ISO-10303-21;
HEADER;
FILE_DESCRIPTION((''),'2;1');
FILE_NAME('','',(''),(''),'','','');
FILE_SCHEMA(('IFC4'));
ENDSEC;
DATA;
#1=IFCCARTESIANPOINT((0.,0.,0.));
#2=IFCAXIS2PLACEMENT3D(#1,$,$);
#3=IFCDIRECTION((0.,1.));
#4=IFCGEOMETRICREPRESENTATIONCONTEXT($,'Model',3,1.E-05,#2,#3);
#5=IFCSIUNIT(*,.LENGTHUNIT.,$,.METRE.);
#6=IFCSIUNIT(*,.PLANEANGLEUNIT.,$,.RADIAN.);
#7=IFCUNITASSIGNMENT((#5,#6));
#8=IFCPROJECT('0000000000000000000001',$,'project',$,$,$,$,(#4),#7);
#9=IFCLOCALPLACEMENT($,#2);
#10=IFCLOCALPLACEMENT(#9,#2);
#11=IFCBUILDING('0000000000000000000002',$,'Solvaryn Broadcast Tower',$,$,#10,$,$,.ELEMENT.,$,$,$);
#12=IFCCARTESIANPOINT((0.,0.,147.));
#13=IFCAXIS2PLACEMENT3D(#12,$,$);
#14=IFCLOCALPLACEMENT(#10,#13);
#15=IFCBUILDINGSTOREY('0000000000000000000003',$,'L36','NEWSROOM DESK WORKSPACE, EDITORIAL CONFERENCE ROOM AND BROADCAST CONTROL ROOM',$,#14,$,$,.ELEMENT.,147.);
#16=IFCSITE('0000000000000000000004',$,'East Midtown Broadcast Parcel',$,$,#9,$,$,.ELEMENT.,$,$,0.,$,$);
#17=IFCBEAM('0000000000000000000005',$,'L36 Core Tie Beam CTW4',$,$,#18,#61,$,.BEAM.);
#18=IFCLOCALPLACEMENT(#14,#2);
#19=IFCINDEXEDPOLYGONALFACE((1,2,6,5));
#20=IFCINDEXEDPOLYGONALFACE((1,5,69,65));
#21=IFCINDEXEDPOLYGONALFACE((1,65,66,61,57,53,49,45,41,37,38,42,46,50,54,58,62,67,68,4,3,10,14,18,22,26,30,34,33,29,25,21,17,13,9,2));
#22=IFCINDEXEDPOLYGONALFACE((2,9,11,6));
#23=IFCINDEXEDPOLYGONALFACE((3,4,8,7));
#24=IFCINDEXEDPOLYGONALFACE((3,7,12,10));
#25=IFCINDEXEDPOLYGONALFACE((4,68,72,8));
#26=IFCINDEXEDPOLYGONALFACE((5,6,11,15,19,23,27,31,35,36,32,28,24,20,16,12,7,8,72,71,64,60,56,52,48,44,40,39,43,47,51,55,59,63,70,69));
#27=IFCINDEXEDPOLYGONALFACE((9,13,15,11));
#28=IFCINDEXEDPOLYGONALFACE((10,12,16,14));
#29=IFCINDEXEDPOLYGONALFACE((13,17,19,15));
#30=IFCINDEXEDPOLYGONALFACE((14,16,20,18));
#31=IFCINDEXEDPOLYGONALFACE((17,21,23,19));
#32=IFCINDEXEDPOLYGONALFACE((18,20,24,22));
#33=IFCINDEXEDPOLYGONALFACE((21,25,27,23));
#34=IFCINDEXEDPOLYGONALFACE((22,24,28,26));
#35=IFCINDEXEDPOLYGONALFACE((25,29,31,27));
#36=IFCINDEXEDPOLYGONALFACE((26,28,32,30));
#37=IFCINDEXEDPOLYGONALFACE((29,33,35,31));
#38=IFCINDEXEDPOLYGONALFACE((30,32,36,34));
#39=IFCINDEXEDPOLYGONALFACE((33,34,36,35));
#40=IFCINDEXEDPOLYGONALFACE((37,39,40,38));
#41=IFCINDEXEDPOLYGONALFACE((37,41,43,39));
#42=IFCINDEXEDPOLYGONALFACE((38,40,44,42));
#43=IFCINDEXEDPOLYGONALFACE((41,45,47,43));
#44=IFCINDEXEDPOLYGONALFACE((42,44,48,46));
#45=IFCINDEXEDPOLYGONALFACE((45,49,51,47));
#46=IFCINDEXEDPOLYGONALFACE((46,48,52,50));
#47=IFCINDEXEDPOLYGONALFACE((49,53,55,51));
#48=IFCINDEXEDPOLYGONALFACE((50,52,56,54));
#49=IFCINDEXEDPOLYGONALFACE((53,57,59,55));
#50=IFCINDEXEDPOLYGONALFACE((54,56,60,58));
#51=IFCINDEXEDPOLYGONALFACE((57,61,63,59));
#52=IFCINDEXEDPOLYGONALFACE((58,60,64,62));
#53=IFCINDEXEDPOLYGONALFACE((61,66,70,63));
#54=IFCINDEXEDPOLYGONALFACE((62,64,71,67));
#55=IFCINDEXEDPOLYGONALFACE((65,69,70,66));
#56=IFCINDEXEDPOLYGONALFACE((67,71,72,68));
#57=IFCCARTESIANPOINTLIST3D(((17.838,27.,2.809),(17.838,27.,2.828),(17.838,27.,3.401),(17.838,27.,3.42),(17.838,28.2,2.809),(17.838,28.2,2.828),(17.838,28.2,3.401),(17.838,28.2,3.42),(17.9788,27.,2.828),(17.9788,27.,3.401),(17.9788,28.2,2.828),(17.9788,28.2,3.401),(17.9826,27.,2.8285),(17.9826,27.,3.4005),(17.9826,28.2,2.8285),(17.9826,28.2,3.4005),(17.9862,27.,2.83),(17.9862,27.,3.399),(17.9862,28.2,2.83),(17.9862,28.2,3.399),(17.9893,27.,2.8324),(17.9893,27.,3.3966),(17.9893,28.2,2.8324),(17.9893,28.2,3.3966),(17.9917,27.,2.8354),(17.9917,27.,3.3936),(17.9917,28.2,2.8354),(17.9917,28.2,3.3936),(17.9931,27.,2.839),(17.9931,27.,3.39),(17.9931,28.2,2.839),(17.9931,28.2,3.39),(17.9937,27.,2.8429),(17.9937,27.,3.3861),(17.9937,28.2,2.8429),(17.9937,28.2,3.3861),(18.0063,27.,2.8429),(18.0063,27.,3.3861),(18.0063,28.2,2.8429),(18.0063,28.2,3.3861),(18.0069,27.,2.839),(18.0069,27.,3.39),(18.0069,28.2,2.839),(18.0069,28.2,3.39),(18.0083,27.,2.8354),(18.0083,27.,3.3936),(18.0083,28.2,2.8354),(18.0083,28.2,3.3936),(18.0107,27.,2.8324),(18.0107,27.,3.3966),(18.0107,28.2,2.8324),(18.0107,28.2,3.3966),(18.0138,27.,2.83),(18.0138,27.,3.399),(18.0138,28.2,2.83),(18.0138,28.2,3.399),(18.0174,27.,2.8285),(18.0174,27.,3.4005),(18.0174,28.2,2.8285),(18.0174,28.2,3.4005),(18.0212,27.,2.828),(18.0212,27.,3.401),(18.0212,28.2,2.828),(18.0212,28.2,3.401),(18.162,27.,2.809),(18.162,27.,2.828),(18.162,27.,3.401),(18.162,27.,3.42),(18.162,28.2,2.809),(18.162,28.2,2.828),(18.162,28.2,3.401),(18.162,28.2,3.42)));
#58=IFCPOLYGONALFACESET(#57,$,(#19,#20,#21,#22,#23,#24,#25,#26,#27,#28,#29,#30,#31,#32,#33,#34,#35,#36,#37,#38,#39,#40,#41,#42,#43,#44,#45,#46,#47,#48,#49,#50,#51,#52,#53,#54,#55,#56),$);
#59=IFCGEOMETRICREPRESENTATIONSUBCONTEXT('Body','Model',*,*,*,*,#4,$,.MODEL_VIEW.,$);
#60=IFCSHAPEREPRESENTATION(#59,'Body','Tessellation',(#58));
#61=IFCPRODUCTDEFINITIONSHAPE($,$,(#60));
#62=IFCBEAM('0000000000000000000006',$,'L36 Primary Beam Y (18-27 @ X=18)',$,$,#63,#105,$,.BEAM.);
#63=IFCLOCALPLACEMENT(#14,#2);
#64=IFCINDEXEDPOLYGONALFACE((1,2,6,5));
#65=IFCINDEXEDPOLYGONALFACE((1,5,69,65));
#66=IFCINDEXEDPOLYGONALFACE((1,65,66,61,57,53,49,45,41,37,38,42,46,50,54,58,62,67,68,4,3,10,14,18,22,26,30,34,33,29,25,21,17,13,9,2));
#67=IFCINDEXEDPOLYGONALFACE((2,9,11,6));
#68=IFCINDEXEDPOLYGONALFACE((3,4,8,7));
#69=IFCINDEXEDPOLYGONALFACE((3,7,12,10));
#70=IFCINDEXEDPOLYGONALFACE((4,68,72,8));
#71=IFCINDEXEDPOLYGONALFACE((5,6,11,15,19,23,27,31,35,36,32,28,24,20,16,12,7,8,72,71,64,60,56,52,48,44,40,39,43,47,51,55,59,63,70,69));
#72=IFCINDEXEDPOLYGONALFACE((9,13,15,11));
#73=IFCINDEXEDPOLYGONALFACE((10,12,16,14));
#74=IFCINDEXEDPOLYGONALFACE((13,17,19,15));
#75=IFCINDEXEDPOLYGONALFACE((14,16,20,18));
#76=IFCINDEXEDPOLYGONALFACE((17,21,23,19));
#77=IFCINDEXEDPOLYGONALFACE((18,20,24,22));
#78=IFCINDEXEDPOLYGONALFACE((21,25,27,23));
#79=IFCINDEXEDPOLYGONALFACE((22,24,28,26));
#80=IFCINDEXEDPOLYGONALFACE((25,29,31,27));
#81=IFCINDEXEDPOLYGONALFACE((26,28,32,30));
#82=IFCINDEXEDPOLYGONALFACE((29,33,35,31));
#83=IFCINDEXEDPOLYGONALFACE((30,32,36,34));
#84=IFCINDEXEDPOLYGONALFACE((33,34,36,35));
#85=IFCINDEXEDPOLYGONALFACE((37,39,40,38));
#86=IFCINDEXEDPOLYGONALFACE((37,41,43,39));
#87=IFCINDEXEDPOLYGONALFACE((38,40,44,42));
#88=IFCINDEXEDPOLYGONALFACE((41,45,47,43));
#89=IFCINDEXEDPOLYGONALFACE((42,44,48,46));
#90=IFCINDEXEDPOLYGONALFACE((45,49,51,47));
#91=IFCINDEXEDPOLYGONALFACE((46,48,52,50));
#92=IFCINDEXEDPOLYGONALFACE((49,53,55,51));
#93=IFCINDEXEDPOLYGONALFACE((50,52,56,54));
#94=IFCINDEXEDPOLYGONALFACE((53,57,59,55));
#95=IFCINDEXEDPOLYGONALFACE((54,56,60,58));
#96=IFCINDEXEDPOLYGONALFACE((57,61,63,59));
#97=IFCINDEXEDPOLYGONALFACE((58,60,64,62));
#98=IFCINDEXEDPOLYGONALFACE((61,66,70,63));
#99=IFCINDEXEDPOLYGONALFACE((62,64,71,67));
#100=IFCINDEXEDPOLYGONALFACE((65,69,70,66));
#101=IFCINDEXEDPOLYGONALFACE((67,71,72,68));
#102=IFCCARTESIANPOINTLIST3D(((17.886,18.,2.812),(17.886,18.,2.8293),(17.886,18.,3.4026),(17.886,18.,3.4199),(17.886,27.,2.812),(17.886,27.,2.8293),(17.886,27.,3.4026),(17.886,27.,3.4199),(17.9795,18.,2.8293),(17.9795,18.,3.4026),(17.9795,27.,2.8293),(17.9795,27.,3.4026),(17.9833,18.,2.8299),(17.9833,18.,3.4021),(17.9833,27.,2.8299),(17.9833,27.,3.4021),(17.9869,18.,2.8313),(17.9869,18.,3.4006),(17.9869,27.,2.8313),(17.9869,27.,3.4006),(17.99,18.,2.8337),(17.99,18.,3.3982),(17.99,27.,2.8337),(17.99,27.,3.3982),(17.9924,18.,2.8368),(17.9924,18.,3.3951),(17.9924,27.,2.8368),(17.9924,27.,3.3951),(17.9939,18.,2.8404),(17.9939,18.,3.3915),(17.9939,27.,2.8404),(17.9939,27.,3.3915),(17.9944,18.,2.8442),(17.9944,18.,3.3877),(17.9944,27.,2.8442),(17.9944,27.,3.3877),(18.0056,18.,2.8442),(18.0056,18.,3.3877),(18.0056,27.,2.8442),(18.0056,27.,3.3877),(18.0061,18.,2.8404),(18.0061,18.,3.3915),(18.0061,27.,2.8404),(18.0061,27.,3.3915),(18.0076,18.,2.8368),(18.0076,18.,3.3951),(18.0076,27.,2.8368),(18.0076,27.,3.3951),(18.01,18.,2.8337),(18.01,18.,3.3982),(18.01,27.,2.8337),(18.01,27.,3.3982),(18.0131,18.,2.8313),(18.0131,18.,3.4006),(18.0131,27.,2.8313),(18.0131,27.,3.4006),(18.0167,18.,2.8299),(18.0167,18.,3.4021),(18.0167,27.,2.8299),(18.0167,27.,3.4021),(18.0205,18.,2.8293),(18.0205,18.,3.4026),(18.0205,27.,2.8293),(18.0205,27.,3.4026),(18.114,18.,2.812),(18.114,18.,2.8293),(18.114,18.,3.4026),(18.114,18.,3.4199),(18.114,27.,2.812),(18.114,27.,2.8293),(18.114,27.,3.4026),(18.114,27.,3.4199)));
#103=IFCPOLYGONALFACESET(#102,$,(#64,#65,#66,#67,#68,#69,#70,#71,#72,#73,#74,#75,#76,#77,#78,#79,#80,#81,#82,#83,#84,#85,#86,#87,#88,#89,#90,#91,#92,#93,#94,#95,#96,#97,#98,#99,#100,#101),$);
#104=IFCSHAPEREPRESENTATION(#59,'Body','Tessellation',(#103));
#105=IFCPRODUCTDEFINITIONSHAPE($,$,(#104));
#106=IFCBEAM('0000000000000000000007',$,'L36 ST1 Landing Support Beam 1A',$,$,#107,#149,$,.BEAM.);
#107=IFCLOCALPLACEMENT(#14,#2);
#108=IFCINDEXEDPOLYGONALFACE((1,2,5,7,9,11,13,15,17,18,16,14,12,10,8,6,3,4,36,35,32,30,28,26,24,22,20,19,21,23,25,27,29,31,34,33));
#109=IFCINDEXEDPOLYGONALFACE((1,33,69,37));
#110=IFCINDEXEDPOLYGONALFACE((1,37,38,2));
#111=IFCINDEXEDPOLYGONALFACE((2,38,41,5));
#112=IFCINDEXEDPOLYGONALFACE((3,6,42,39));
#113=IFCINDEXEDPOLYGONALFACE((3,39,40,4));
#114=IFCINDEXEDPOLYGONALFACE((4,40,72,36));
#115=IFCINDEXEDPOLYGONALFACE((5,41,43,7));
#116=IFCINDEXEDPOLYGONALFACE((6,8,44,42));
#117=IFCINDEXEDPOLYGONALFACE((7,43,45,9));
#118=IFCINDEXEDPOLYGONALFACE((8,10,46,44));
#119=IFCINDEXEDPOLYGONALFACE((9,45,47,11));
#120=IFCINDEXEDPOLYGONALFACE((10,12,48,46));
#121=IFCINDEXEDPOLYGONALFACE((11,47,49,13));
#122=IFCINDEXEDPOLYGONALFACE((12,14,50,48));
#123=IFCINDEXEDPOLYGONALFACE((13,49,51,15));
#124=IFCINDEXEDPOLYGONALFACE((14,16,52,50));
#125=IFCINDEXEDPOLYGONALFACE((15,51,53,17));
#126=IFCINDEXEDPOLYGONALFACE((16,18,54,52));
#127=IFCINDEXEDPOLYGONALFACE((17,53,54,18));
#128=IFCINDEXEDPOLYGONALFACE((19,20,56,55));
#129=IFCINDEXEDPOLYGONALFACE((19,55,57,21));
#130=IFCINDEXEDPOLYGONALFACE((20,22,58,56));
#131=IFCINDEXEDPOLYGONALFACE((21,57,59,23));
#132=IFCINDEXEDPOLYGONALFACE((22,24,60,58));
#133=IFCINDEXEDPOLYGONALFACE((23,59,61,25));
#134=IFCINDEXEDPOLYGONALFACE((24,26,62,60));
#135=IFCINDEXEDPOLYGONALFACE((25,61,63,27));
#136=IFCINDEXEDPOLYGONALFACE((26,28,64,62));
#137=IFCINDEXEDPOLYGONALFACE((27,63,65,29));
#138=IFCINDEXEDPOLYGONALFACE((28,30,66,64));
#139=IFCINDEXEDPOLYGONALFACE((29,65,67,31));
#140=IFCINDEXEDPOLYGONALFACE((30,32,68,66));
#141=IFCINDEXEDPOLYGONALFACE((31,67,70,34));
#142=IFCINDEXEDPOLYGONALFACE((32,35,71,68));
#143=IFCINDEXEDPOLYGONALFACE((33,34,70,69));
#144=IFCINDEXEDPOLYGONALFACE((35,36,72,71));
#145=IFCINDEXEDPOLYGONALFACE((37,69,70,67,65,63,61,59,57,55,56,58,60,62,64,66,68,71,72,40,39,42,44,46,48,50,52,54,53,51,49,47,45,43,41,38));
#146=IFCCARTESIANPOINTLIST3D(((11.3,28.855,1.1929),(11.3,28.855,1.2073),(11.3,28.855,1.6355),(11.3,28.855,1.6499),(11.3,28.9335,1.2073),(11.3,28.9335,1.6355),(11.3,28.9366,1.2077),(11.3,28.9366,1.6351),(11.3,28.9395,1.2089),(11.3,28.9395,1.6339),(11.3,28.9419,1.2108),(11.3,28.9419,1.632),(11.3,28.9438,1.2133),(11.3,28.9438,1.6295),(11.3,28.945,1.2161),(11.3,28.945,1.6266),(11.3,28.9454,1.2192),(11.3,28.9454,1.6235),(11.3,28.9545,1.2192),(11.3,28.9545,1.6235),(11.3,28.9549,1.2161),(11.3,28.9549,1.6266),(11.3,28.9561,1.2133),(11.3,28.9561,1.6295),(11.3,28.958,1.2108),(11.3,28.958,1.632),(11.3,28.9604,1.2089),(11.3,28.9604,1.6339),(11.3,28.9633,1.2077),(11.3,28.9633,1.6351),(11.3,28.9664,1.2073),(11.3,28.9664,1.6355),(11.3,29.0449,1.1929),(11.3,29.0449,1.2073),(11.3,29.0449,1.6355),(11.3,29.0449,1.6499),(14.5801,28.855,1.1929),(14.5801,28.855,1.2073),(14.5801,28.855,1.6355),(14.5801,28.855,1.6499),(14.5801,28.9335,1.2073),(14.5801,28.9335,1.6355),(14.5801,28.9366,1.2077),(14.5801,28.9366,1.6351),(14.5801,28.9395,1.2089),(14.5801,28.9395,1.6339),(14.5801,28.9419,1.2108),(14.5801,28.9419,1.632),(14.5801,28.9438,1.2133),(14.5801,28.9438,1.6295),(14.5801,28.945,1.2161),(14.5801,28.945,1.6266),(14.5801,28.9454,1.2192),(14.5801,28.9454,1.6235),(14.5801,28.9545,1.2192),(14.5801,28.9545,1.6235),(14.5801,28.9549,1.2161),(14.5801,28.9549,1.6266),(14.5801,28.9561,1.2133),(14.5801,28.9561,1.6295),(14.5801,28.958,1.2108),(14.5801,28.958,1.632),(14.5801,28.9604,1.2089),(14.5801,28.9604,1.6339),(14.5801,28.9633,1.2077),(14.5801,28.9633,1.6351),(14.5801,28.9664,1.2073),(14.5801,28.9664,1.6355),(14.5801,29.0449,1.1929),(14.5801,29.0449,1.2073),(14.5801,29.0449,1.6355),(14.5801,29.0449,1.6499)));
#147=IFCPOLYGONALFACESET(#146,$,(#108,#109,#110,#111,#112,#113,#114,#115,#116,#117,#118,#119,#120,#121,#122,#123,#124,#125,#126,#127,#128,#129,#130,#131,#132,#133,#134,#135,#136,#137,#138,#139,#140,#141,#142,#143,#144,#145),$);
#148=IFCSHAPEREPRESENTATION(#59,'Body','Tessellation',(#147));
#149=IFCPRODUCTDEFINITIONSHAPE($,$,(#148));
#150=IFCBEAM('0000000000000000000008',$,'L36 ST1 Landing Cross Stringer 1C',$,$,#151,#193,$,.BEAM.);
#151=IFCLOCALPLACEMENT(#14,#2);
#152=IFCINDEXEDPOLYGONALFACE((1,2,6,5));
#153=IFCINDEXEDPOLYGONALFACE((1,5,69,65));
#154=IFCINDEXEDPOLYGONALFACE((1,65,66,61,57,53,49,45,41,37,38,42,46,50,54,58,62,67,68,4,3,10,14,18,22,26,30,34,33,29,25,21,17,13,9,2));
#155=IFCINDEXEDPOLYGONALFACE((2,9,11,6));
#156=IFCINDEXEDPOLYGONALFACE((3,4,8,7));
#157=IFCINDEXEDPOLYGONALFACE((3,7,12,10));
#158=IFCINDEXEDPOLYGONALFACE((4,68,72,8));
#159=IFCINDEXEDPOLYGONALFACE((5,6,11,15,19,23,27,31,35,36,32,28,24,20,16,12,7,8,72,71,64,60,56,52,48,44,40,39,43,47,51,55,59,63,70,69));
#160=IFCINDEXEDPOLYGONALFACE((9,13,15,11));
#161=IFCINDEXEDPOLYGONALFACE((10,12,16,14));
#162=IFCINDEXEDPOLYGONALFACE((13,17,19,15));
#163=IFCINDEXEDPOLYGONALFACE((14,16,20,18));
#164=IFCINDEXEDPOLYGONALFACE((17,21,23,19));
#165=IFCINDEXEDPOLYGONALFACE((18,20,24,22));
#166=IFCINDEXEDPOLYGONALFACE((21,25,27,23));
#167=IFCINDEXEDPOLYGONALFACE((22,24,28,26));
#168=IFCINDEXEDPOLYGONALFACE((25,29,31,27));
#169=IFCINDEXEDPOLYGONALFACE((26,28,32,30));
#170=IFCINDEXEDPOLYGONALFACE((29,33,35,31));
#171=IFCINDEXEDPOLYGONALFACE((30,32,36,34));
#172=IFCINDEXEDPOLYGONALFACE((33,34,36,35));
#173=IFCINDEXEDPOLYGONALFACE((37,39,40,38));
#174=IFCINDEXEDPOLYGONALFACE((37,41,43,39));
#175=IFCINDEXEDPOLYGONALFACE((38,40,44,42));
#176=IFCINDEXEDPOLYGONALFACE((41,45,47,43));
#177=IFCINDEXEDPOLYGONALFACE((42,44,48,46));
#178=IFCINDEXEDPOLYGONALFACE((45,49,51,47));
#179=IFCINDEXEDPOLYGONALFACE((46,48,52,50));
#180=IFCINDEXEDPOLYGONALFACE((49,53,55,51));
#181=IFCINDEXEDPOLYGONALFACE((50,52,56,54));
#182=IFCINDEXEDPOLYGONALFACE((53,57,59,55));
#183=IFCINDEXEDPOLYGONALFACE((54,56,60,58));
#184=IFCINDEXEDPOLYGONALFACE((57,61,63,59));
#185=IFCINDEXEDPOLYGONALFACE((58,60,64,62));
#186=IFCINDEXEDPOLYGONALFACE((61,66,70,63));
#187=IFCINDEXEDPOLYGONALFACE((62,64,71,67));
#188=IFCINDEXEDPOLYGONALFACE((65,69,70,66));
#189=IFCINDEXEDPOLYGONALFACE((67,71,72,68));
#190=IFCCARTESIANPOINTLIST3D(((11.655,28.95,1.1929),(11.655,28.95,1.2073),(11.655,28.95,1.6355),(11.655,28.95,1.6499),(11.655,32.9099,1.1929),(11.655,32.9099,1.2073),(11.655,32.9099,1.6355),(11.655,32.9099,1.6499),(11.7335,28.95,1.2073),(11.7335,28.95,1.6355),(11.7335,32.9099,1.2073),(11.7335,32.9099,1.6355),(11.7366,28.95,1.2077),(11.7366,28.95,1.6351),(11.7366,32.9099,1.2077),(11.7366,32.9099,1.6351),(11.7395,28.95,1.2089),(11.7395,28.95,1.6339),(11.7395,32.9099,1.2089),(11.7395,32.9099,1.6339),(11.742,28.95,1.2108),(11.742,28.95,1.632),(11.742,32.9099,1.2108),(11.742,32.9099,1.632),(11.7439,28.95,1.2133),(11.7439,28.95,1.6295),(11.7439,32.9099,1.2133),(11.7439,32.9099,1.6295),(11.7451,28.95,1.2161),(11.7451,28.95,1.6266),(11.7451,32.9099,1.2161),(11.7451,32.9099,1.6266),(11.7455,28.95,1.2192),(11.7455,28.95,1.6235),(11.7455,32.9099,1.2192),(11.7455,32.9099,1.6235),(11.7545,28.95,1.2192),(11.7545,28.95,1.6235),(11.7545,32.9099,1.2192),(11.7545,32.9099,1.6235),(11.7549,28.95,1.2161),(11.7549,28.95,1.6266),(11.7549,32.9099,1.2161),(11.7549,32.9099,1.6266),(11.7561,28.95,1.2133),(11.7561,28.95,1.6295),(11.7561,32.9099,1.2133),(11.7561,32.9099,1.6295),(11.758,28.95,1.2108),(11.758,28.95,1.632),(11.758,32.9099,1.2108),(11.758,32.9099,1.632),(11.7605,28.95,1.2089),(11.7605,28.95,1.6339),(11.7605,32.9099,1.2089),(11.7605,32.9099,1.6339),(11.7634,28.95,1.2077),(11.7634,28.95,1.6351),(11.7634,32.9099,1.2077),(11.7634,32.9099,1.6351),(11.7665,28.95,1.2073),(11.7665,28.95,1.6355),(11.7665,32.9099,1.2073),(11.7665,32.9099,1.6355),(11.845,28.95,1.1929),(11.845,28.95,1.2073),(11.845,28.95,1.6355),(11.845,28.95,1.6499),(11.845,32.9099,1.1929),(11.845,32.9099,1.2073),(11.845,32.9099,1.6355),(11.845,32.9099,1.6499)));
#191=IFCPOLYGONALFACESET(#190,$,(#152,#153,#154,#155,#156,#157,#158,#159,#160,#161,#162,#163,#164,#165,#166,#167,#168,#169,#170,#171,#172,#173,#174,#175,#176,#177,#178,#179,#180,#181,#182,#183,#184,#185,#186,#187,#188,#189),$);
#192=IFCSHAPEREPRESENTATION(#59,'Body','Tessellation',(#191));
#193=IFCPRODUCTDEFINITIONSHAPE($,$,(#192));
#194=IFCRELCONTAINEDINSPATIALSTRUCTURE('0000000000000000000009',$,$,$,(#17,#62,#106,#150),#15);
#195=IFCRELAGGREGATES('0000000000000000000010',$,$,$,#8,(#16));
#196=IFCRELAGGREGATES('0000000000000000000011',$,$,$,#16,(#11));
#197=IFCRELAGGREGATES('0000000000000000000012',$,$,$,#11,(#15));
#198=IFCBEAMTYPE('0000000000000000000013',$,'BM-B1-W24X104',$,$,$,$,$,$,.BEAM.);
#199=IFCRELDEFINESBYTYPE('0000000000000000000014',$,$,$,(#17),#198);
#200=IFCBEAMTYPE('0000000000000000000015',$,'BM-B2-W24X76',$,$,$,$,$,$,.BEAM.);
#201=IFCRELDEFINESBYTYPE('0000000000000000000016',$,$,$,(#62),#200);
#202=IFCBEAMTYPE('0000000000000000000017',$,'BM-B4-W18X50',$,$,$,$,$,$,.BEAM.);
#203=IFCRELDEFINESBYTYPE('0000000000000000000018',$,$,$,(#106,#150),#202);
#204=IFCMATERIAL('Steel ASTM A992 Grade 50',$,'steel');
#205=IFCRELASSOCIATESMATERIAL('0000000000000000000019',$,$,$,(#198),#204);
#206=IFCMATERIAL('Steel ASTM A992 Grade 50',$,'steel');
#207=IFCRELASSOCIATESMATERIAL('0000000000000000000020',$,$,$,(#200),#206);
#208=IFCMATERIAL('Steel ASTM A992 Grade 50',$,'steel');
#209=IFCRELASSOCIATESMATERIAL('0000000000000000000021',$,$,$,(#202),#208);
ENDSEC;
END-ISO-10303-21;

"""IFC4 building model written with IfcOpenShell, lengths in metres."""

from ifc_helpers import new_model, si_unit, direction, frame, origin, origin_2d, place, context, subcontext, project, spatial, i_section, extrude, material, material_profile, profile_set, type_object, element, save


model = new_model("IFC4")

# Units and contexts
model_context = context("Model", 3, precision=1e-05, world=origin(), true_north=direction((0.0, 1.0)))
body_context = subcontext(model_context, "Body", "Model", "MODEL_VIEW")
ifc_project = project(units=[si_unit("LENGTHUNIT", "METRE"), si_unit("PLANEANGLEUNIT", "RADIAN")], contexts=[model_context])

# Site, building, storey
site_placement = place(None, origin())
site = spatial("IfcSite", under=ifc_project, at=site_placement, Name="East Midtown Broadcast Parcel", CompositionType="ELEMENT", RefElevation=0.0)
building_placement = place(site_placement, origin())
building = spatial("IfcBuilding", under=site, at=building_placement, Name="Solvaryn Broadcast Tower", CompositionType="ELEMENT")
storey_placement = place(building_placement, frame((0.0, 0.0, 147.0)))
storey = spatial("IfcBuildingStorey", under=building, at=storey_placement, Name="L36", Description="NEWSROOM DESK WORKSPACE, EDITORIAL CONFERENCE ROOM AND BROADCAST CONTROL ROOM", CompositionType="ELEMENT", Elevation=147.0)

# Beams
ifc_material_1 = material(Name="Steel ASTM A992 Grade 50", Category="steel")
ifc_material_profile_1 = material_profile(ifc_material_1, i_section(OverallWidth=0.324, OverallDepth=0.6111, WebThickness=0.0127, FlangeThickness=0.019, FilletRadius=0.0149, at=origin_2d()))
ifc_profile_set_1 = profile_set([ifc_material_profile_1], Name="Steel ASTM A992 Grade 50")
beam_type_1 = type_object("IfcBeamType", Name="BM-B1-W24X104", PredefinedType="BEAM", material=ifc_profile_set_1)
beam_1_placement = place(storey_placement, frame((18.0, 27.0, 3.1145), z_axis=(0.0, 1.0, 0.0), x_axis=(-1.0, 0.0, 0.0)))
element("IfcBeam", 1, at=beam_1_placement, inside=storey, type_object=beam_type_1, Name="L36 Core Tie Beam CTW4", PredefinedType="BEAM", context=body_context, shape_type="SweptSolid", body=[
    extrude(i_section(OverallWidth=0.324, OverallDepth=0.6111, WebThickness=0.0127, FlangeThickness=0.019, FilletRadius=0.0149, at=origin_2d()), origin(), (0.0, 0.0, 1.0), 1.2),
])
ifc_material_2 = material(Name="Steel ASTM A992 Grade 50", Category="steel")
ifc_material_profile_2 = material_profile(ifc_material_2, i_section(OverallWidth=0.228, OverallDepth=0.6079, WebThickness=0.0112, FlangeThickness=0.0173, FilletRadius=0.0149, at=origin_2d()))
ifc_profile_set_2 = profile_set([ifc_material_profile_2], Name="Steel ASTM A992 Grade 50")
beam_type_2 = type_object("IfcBeamType", Name="BM-B2-W24X76", PredefinedType="BEAM", material=ifc_profile_set_2)
beam_2_placement = place(storey_placement, frame((18.0, 18.0, 3.116), z_axis=(0.0, 1.0, 0.0), x_axis=(-1.0, 0.0, 0.0)))
element("IfcBeam", 2, at=beam_2_placement, inside=storey, type_object=beam_type_2, Name="L36 Primary Beam Y (18-27 @ X=18)", PredefinedType="BEAM", context=body_context, shape_type="SweptSolid", body=[
    extrude(i_section(OverallWidth=0.228, OverallDepth=0.6079, WebThickness=0.0112, FlangeThickness=0.0173, FilletRadius=0.0149, at=origin_2d()), origin(), (0.0, 0.0, 1.0), 9.0),
])
ifc_material_3 = material(Name="Steel ASTM A992 Grade 50", Category="steel")
ifc_material_profile_3 = material_profile(ifc_material_3, i_section(OverallWidth=0.1899, OverallDepth=0.457, WebThickness=0.009, FlangeThickness=0.0144, FilletRadius=0.012, at=origin_2d()))
ifc_profile_set_3 = profile_set([ifc_material_profile_3], Name="Steel ASTM A992 Grade 50")
beam_type_3 = type_object("IfcBeamType", Name="BM-B4-W18X50", PredefinedType="BEAM", material=ifc_profile_set_3)
beam_3_placement = place(storey_placement, frame((11.3, 28.95, 1.4214), z_axis=(1.0, 0.0, 0.0), x_axis=(0.0, 1.0, 0.0)))
element("IfcBeam", 3, at=beam_3_placement, inside=storey, type_object=beam_type_3, Name="L36 ST1 Landing Support Beam 1A", PredefinedType="BEAM", context=body_context, shape_type="SweptSolid", body=[
    extrude(i_section(OverallWidth=0.1899, OverallDepth=0.457, WebThickness=0.009, FlangeThickness=0.0144, FilletRadius=0.012, at=origin_2d()), origin(), (0.0, 0.0, 1.0), 3.28),
])
beam_4_placement = place(storey_placement, frame((11.75, 28.95, 1.4214), z_axis=(0.0, 1.0, 0.0), x_axis=(-1.0, 0.0, 0.0)))
element("IfcBeam", 4, at=beam_4_placement, inside=storey, type_object=beam_type_3, Name="L36 ST1 Landing Cross Stringer 1C", PredefinedType="BEAM", context=body_context, shape_type="SweptSolid", body=[
    extrude(i_section(OverallWidth=0.1899, OverallDepth=0.457, WebThickness=0.009, FlangeThickness=0.0144, FilletRadius=0.012, at=origin_2d()), origin(), (0.0, 0.0, 1.0), 3.96),
])

save(model, "model.ifc")
